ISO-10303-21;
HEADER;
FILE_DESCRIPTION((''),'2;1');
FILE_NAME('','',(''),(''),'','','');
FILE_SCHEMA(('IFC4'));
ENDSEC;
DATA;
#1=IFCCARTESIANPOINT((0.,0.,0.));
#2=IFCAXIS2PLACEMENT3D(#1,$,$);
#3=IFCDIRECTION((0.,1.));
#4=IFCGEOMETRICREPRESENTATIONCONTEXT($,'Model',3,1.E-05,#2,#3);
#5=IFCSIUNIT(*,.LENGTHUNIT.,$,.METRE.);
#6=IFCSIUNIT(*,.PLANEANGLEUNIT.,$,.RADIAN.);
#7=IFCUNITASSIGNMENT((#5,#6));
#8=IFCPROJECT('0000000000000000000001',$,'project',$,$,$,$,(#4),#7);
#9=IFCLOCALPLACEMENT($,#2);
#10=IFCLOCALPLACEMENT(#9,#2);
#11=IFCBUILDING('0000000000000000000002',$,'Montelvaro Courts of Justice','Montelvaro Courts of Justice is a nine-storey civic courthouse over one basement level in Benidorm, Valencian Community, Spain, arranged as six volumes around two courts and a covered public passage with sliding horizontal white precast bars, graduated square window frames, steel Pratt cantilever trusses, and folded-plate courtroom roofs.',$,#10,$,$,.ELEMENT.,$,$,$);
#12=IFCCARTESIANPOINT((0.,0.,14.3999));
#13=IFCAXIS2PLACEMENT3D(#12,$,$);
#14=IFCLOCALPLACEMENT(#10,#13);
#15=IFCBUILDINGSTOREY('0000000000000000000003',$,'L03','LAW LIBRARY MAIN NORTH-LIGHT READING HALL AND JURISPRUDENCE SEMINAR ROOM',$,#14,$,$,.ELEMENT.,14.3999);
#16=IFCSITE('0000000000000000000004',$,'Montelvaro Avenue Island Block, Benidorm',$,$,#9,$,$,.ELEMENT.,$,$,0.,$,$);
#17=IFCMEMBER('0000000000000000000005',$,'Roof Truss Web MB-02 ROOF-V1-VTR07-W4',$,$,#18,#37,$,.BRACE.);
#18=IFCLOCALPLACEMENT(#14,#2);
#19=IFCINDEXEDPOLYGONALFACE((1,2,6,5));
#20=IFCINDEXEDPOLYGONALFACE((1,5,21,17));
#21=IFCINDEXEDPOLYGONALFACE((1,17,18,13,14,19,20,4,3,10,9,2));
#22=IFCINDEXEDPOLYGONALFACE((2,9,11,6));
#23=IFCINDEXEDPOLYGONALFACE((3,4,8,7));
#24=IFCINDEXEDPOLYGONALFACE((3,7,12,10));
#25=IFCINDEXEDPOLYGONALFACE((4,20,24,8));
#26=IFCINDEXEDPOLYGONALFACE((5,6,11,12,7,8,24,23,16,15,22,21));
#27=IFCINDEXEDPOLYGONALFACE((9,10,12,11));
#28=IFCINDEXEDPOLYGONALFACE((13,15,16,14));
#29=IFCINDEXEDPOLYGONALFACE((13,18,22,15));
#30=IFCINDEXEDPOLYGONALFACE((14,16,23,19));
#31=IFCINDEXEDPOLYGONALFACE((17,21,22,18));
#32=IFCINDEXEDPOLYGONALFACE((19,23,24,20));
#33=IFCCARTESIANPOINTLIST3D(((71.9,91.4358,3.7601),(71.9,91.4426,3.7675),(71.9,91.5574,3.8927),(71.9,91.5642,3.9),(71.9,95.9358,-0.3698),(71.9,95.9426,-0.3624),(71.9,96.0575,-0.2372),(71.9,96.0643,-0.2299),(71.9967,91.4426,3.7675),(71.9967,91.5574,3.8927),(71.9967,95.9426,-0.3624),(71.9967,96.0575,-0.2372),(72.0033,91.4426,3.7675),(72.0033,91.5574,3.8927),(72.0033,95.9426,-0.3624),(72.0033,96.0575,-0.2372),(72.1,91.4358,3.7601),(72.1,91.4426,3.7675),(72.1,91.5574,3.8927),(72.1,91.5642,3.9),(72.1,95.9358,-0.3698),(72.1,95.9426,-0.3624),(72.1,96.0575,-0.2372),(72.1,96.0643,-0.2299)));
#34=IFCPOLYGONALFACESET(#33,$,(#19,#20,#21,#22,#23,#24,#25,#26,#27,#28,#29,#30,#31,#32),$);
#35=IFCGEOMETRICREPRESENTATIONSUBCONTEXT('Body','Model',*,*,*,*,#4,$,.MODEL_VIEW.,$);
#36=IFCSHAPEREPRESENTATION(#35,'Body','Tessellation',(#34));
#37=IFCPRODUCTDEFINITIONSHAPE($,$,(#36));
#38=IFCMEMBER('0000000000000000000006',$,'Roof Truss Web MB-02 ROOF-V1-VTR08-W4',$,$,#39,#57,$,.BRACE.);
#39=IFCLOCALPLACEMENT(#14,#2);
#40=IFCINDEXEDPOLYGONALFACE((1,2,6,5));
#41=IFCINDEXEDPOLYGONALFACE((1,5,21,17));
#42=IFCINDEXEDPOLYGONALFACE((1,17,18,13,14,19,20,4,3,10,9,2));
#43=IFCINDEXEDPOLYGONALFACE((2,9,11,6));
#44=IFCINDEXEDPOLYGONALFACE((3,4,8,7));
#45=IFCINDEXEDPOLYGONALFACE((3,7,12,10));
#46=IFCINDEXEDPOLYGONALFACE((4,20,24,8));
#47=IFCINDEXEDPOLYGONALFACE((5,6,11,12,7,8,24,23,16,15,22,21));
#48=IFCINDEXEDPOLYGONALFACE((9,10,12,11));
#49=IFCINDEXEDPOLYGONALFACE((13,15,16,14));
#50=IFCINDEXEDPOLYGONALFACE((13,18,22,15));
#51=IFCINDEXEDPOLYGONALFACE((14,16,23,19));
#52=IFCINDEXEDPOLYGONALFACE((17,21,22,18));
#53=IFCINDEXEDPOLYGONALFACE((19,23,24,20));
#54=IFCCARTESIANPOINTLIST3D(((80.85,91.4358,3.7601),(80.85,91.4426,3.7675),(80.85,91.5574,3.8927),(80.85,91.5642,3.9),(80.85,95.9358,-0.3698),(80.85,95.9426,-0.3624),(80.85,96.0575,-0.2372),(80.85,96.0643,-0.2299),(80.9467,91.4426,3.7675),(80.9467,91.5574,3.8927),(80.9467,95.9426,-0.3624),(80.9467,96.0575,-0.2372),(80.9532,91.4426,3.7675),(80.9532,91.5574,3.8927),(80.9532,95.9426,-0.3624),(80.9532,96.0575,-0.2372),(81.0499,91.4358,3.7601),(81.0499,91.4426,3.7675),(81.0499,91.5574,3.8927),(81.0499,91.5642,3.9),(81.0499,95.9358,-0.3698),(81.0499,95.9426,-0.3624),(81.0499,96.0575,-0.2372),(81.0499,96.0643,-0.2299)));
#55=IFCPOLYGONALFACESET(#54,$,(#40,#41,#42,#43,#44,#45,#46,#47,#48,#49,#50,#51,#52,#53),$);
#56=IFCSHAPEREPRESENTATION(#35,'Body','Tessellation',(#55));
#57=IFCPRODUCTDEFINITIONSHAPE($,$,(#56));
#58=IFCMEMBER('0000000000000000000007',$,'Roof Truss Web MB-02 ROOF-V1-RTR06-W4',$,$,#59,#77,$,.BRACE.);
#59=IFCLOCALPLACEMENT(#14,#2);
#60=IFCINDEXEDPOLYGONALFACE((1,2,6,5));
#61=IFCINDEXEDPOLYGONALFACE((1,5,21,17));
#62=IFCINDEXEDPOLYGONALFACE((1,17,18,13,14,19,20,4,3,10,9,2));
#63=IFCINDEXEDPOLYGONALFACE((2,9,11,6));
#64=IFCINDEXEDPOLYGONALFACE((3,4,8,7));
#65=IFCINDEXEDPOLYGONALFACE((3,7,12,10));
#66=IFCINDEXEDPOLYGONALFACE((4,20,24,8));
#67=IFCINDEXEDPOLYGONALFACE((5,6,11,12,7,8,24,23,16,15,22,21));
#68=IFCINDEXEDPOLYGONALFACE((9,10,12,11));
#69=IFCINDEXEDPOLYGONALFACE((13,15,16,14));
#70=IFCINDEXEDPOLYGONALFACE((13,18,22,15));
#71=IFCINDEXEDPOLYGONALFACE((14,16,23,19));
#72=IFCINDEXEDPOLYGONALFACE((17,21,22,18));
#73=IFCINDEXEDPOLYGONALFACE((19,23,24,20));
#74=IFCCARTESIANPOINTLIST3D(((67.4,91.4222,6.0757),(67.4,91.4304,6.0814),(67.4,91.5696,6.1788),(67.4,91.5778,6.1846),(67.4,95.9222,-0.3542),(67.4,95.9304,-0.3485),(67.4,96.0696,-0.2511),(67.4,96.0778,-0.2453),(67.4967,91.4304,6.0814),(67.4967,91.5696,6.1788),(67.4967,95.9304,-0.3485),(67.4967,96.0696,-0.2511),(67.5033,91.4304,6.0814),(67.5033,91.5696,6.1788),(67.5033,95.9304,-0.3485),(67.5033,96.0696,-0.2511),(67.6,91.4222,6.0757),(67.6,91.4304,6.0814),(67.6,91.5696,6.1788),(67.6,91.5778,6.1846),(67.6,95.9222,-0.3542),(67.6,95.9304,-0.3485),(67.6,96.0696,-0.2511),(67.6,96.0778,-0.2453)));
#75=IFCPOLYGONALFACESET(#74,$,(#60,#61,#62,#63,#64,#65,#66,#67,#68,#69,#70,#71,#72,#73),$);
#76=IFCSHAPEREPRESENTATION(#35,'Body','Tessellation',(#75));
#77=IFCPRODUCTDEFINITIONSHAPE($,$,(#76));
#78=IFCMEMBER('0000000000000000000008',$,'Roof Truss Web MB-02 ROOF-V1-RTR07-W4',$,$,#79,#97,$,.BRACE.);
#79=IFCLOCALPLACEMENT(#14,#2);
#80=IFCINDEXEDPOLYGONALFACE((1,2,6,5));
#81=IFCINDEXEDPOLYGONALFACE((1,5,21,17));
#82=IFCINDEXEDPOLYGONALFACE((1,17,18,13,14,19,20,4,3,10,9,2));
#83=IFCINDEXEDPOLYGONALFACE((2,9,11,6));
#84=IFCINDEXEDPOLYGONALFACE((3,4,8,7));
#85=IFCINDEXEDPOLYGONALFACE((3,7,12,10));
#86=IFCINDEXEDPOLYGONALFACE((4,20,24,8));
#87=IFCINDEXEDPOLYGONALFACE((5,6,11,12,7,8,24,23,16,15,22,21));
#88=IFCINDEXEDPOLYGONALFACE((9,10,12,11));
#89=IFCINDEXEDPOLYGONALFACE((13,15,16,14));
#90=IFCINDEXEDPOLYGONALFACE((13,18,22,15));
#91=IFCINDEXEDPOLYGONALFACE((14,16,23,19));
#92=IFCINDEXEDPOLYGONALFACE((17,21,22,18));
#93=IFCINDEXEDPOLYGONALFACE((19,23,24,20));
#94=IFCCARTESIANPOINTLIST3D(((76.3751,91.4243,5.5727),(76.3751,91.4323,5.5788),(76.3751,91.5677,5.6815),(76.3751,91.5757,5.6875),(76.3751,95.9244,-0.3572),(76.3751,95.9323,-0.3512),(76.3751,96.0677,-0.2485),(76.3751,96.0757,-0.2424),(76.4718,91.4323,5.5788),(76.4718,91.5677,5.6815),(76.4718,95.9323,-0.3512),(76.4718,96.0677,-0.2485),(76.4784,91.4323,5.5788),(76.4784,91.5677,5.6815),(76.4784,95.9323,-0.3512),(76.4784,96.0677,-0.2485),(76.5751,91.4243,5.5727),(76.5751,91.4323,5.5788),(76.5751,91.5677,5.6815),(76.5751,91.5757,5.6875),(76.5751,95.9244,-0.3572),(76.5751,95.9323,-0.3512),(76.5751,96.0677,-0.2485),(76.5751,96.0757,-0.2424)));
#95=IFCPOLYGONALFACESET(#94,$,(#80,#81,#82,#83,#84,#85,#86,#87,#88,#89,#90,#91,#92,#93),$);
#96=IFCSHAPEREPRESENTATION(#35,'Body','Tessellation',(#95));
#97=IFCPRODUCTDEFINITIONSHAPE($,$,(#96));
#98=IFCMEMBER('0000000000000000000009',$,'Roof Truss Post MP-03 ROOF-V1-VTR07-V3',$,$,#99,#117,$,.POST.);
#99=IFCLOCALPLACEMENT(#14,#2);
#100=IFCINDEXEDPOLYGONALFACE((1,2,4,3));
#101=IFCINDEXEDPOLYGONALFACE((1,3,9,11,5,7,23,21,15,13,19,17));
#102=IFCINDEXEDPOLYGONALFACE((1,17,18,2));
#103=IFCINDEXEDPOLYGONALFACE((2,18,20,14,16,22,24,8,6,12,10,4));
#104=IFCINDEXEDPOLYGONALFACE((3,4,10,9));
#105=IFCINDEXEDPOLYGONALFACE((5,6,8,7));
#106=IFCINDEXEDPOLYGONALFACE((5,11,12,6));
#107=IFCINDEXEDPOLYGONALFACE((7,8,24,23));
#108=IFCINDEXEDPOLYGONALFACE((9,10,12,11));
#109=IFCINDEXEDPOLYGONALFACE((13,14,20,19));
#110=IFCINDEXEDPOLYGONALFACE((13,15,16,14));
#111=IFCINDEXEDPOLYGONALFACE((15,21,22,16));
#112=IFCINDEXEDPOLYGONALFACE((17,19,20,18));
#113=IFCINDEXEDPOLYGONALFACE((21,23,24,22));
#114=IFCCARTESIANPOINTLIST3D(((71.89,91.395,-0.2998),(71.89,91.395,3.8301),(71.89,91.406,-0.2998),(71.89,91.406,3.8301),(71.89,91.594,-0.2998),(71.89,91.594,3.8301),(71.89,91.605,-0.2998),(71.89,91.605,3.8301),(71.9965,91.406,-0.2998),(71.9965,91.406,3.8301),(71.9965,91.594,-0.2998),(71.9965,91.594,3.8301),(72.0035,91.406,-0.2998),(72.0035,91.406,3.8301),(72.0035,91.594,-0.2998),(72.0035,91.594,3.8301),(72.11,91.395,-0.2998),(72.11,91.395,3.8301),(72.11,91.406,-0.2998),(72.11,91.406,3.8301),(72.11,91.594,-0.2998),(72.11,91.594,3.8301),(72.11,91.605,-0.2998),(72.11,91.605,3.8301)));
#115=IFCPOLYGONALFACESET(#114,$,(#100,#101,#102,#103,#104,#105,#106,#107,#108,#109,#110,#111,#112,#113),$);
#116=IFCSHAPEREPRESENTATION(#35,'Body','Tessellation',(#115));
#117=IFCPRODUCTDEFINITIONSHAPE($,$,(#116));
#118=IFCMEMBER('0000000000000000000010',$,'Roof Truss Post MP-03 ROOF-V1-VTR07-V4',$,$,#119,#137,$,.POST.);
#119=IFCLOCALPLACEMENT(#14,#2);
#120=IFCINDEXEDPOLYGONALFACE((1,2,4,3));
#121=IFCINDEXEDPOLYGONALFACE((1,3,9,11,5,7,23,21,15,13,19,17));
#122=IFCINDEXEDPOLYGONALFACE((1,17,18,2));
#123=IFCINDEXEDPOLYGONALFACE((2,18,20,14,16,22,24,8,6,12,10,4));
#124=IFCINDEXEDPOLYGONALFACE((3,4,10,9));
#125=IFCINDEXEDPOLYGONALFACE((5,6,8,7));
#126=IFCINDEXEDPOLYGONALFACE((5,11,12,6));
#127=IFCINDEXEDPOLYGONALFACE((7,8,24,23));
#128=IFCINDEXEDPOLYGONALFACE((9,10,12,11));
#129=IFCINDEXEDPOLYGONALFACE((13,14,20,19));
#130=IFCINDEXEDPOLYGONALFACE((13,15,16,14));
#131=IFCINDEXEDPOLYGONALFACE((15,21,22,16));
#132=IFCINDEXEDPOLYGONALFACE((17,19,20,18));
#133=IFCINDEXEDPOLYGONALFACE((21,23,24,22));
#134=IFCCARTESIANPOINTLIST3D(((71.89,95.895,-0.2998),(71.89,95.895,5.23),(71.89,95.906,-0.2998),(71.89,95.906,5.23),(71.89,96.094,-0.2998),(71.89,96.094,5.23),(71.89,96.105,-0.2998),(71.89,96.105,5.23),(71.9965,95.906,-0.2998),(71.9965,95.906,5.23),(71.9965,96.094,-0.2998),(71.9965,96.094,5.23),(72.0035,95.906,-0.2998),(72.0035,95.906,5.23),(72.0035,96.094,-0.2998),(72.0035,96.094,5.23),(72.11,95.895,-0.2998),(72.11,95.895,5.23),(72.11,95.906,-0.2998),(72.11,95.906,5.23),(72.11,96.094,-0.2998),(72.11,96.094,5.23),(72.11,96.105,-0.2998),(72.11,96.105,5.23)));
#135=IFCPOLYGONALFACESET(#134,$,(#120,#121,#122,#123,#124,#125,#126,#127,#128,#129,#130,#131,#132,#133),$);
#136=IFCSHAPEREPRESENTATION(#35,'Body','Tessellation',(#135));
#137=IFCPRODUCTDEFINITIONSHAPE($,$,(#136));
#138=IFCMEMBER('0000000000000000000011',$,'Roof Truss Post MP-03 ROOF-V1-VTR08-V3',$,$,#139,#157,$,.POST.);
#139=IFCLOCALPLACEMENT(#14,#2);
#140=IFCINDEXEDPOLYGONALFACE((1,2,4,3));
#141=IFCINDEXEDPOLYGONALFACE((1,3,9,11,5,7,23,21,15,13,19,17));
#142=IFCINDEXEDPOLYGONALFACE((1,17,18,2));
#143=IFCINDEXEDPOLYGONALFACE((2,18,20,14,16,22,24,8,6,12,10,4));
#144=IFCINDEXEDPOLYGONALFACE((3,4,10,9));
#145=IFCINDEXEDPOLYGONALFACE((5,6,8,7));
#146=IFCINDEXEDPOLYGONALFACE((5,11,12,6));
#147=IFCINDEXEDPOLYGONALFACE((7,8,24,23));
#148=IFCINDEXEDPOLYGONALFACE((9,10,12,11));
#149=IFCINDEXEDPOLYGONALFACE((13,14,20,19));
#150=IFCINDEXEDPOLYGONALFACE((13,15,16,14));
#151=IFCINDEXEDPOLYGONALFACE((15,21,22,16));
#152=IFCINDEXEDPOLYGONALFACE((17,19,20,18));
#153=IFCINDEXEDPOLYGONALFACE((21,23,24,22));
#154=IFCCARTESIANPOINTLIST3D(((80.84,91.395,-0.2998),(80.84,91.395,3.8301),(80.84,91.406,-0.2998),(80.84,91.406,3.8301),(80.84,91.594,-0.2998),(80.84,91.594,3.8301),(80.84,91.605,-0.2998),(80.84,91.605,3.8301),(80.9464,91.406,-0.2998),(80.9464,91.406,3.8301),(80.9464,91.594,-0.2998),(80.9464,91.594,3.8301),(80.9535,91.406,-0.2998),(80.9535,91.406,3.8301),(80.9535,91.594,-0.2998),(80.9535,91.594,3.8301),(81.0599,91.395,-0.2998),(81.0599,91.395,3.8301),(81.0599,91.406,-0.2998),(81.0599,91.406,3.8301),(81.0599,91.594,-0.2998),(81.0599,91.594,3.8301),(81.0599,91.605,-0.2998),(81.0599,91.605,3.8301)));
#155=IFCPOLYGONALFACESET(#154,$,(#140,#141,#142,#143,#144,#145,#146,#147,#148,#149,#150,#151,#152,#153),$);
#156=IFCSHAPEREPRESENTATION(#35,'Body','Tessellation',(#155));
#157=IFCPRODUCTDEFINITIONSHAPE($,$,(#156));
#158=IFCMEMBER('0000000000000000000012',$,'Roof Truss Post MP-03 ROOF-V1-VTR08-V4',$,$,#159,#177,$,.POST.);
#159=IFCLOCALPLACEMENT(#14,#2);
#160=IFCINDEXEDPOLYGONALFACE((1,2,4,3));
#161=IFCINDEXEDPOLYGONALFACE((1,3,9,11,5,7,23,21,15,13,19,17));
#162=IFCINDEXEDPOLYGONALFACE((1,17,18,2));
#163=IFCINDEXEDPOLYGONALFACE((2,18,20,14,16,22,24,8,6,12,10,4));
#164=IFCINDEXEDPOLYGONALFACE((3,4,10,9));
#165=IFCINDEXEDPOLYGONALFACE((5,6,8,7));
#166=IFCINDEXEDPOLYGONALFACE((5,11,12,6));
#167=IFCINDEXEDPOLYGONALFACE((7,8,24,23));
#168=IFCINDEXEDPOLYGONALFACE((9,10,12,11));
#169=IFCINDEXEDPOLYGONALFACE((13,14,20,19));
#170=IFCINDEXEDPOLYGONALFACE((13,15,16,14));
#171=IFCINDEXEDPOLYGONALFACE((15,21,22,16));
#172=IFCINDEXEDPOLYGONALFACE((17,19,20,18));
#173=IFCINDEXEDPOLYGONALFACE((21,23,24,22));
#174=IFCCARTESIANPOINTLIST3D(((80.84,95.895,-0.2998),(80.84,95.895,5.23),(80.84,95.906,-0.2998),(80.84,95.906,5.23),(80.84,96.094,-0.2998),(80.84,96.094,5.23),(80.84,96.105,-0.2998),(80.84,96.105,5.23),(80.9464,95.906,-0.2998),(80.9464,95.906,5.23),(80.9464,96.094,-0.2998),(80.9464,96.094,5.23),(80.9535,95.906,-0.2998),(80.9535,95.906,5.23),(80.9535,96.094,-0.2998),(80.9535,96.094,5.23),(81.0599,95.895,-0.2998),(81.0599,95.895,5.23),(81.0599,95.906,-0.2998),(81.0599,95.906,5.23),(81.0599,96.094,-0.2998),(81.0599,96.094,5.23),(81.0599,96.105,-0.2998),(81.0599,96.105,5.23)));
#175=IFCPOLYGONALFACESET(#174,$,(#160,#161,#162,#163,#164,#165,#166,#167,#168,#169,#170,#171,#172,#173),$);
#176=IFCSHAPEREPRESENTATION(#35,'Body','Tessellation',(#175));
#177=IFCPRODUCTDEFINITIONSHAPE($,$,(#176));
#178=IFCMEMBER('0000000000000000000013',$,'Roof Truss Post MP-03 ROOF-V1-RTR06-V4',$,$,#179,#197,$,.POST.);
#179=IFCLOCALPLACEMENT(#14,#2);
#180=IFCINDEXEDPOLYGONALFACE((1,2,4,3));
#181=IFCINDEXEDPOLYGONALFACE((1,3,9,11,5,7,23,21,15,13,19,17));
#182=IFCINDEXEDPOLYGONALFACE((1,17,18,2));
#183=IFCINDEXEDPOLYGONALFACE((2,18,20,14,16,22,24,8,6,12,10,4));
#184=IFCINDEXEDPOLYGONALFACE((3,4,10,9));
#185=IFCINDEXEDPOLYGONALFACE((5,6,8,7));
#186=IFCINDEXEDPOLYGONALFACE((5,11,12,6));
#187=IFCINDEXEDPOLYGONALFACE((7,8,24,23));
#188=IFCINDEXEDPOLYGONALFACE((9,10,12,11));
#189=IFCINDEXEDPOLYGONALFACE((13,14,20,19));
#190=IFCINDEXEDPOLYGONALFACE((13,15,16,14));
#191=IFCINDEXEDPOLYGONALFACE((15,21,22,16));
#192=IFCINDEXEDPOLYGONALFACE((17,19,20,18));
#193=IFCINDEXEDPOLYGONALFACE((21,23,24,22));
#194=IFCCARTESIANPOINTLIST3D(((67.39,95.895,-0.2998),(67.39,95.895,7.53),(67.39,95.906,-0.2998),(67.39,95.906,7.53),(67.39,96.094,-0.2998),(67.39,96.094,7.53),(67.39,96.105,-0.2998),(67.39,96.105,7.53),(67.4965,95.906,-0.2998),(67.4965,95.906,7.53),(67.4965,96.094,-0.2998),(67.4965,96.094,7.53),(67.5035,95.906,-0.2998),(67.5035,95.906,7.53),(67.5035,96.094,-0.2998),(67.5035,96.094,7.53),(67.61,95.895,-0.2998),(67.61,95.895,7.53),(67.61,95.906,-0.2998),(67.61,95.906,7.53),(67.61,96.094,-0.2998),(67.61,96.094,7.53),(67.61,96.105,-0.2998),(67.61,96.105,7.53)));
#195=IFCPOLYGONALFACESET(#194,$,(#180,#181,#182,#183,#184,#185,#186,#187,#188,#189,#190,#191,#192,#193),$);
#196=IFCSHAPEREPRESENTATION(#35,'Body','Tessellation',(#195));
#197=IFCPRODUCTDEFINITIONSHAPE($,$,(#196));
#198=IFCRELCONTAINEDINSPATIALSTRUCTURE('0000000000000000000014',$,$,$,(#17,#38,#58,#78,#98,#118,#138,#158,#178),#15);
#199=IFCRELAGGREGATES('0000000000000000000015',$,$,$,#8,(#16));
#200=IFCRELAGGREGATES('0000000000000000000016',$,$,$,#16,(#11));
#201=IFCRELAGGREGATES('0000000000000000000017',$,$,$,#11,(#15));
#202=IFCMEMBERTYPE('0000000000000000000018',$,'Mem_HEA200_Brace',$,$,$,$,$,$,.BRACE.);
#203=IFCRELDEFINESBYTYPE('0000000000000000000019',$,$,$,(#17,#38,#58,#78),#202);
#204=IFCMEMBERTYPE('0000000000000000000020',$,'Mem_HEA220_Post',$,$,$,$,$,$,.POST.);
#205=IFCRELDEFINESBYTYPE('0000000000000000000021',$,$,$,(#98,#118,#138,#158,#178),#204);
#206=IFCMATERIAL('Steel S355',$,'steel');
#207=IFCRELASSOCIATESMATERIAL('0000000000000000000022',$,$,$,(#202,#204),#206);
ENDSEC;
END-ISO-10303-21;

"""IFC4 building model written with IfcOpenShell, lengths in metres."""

from ifc_helpers import new_model, si_unit, direction, frame, origin, origin_2d, place, context, subcontext, project, spatial, i_section, extrude, material, material_profile, profile_set, type_object, element, save


model = new_model("IFC4")

# Units and contexts
model_context = context("Model", 3, precision=1e-05, world=origin(), true_north=direction((0.0, 1.0)))
body_context = subcontext(model_context, "Body", "Model", "MODEL_VIEW")
ifc_project = project(units=[si_unit("LENGTHUNIT", "METRE"), si_unit("PLANEANGLEUNIT", "RADIAN")], contexts=[model_context])

# Site, building, storey
site_placement = place(None, origin())
site = spatial("IfcSite", under=ifc_project, at=site_placement, Name="Montelvaro Avenue Island Block, Benidorm", CompositionType="ELEMENT", RefElevation=0.0)
building_placement = place(site_placement, origin())
building = spatial("IfcBuilding", under=site, at=building_placement, Name="Montelvaro Courts of Justice", Description="Montelvaro Courts of Justice is a nine-storey civic courthouse over one basement level in Benidorm, Valencian Community, Spain, arranged as six volumes around two courts and a covered public passage with sliding horizontal white precast bars, graduated square window frames, steel Pratt cantilever trusses, and folded-plate courtroom roofs.", CompositionType="ELEMENT")
storey_placement = place(building_placement, frame((0.0, 0.0, 14.3999)))
storey = spatial("IfcBuildingStorey", under=building, at=storey_placement, Name="L03", Description="LAW LIBRARY MAIN NORTH-LIGHT READING HALL AND JURISPRUDENCE SEMINAR ROOM", CompositionType="ELEMENT", Elevation=14.3999)

# Members
ifc_material_1 = material(Name="Steel S355", Category="steel")
ifc_material_profile_1 = material_profile(ifc_material_1, i_section(OverallWidth=0.2, OverallDepth=0.1899, WebThickness=0.0066, FlangeThickness=0.01, at=origin_2d()), Name="HEA 200")
ifc_profile_set_1 = profile_set([ifc_material_profile_1], Name="Steel S355")
member_type_1 = type_object("IfcMemberType", Name="Mem_HEA200_Brace", PredefinedType="BRACE", material=ifc_profile_set_1)
for number, where, z_axis, x_axis, name in (
    (1, (72.0, 91.5, 3.8301), (0.0, 0.736756, -0.676159), (-1.0, 0.0, 0.0), "Roof Truss Web MB-02 ROOF-V1-VTR07-W4"),
    (2, (80.95, 91.5, 3.8301), (0.0, 0.736756, -0.676159), (-1.0, 0.0, 0.0), "Roof Truss Web MB-02 ROOF-V1-VTR08-W4"),
):
    element("IfcMember", number, at=place(storey_placement, frame(where, z_axis=z_axis, x_axis=x_axis)), inside=storey, type_object=member_type_1, Name=name, PredefinedType="BRACE", context=body_context, shape_type="SweptSolid", body=[
        extrude(i_section(OverallWidth=0.2, OverallDepth=0.1899, WebThickness=0.0066, FlangeThickness=0.01, at=origin_2d()), origin(), (0.0, 0.0, 1.0), 6.1079),
    ])
member_1_placement = place(storey_placement, frame((67.5, 91.5, 6.1301), z_axis=(0.0, 0.573381, -0.819289), x_axis=(-1.0, 0.0, 0.0)))
element("IfcMember", 3, at=member_1_placement, inside=storey, type_object=member_type_1, Name="Roof Truss Web MB-02 ROOF-V1-RTR06-W4", PredefinedType="BRACE", context=body_context, shape_type="SweptSolid", body=[
    extrude(i_section(OverallWidth=0.2, OverallDepth=0.1899, WebThickness=0.0066, FlangeThickness=0.01, at=origin_2d()), origin(), (0.0, 0.0, 1.0), 7.8481),
])
member_2_placement = place(storey_placement, frame((76.4751, 91.5, 5.6301), z_axis=(0.0, 0.604509, -0.796599), x_axis=(-1.0, 0.0, 0.0)))
element("IfcMember", 4, at=member_2_placement, inside=storey, type_object=member_type_1, Name="Roof Truss Web MB-02 ROOF-V1-RTR07-W4", PredefinedType="BRACE", context=body_context, shape_type="SweptSolid", body=[
    extrude(i_section(OverallWidth=0.2, OverallDepth=0.1899, WebThickness=0.0066, FlangeThickness=0.01, at=origin_2d()), origin(), (0.0, 0.0, 1.0), 7.4441),
])
ifc_material_profile_2 = material_profile(ifc_material_1, i_section(OverallWidth=0.22, OverallDepth=0.21, WebThickness=0.0071, FlangeThickness=0.011, at=origin_2d()), Name="HEA 220")
ifc_profile_set_2 = profile_set([ifc_material_profile_2], Name="Steel S355")
member_type_2 = type_object("IfcMemberType", Name="Mem_HEA220_Post", PredefinedType="POST", material=ifc_profile_set_2)
member_3_placement = place(storey_placement, frame((72.0, 91.5, -0.2998), z_axis=(0.0, 0.0, 1.0), x_axis=(1.0, 0.0, 0.0)))
element("IfcMember", 5, at=member_3_placement, inside=storey, type_object=member_type_2, Name="Roof Truss Post MP-03 ROOF-V1-VTR07-V3", PredefinedType="POST", context=body_context, shape_type="SweptSolid", body=[
    extrude(i_section(OverallWidth=0.22, OverallDepth=0.21, WebThickness=0.0071, FlangeThickness=0.011, at=origin_2d()), origin(), (0.0, 0.0, 1.0), 4.1299),
])
member_4_placement = place(storey_placement, frame((72.0, 96.0, -0.2998), z_axis=(0.0, 0.0, 1.0), x_axis=(1.0, 0.0, 0.0)))
element("IfcMember", 6, at=member_4_placement, inside=storey, type_object=member_type_2, Name="Roof Truss Post MP-03 ROOF-V1-VTR07-V4", PredefinedType="POST", context=body_context, shape_type="SweptSolid", body=[
    extrude(i_section(OverallWidth=0.22, OverallDepth=0.21, WebThickness=0.0071, FlangeThickness=0.011, at=origin_2d()), origin(), (0.0, 0.0, 1.0), 5.5298),
])
member_5_placement = place(storey_placement, frame((80.95, 91.5, -0.2998), z_axis=(0.0, 0.0, 1.0), x_axis=(1.0, 0.0, 0.0)))
element("IfcMember", 7, at=member_5_placement, inside=storey, type_object=member_type_2, Name="Roof Truss Post MP-03 ROOF-V1-VTR08-V3", PredefinedType="POST", context=body_context, shape_type="SweptSolid", body=[
    extrude(i_section(OverallWidth=0.22, OverallDepth=0.21, WebThickness=0.0071, FlangeThickness=0.011, at=origin_2d()), origin(), (0.0, 0.0, 1.0), 4.1299),
])
member_6_placement = place(storey_placement, frame((80.95, 96.0, -0.2998), z_axis=(0.0, 0.0, 1.0), x_axis=(1.0, 0.0, 0.0)))
element("IfcMember", 8, at=member_6_placement, inside=storey, type_object=member_type_2, Name="Roof Truss Post MP-03 ROOF-V1-VTR08-V4", PredefinedType="POST", context=body_context, shape_type="SweptSolid", body=[
    extrude(i_section(OverallWidth=0.22, OverallDepth=0.21, WebThickness=0.0071, FlangeThickness=0.011, at=origin_2d()), origin(), (0.0, 0.0, 1.0), 5.5298),
])
member_7_placement = place(storey_placement, frame((67.5, 96.0, -0.2998), z_axis=(0.0, 0.0, 1.0), x_axis=(1.0, 0.0, 0.0)))
element("IfcMember", 9, at=member_7_placement, inside=storey, type_object=member_type_2, Name="Roof Truss Post MP-03 ROOF-V1-RTR06-V4", PredefinedType="POST", context=body_context, shape_type="SweptSolid", body=[
    extrude(i_section(OverallWidth=0.22, OverallDepth=0.21, WebThickness=0.0071, FlangeThickness=0.011, at=origin_2d()), origin(), (0.0, 0.0, 1.0), 7.8298),
])

save(model, "model.ifc")
